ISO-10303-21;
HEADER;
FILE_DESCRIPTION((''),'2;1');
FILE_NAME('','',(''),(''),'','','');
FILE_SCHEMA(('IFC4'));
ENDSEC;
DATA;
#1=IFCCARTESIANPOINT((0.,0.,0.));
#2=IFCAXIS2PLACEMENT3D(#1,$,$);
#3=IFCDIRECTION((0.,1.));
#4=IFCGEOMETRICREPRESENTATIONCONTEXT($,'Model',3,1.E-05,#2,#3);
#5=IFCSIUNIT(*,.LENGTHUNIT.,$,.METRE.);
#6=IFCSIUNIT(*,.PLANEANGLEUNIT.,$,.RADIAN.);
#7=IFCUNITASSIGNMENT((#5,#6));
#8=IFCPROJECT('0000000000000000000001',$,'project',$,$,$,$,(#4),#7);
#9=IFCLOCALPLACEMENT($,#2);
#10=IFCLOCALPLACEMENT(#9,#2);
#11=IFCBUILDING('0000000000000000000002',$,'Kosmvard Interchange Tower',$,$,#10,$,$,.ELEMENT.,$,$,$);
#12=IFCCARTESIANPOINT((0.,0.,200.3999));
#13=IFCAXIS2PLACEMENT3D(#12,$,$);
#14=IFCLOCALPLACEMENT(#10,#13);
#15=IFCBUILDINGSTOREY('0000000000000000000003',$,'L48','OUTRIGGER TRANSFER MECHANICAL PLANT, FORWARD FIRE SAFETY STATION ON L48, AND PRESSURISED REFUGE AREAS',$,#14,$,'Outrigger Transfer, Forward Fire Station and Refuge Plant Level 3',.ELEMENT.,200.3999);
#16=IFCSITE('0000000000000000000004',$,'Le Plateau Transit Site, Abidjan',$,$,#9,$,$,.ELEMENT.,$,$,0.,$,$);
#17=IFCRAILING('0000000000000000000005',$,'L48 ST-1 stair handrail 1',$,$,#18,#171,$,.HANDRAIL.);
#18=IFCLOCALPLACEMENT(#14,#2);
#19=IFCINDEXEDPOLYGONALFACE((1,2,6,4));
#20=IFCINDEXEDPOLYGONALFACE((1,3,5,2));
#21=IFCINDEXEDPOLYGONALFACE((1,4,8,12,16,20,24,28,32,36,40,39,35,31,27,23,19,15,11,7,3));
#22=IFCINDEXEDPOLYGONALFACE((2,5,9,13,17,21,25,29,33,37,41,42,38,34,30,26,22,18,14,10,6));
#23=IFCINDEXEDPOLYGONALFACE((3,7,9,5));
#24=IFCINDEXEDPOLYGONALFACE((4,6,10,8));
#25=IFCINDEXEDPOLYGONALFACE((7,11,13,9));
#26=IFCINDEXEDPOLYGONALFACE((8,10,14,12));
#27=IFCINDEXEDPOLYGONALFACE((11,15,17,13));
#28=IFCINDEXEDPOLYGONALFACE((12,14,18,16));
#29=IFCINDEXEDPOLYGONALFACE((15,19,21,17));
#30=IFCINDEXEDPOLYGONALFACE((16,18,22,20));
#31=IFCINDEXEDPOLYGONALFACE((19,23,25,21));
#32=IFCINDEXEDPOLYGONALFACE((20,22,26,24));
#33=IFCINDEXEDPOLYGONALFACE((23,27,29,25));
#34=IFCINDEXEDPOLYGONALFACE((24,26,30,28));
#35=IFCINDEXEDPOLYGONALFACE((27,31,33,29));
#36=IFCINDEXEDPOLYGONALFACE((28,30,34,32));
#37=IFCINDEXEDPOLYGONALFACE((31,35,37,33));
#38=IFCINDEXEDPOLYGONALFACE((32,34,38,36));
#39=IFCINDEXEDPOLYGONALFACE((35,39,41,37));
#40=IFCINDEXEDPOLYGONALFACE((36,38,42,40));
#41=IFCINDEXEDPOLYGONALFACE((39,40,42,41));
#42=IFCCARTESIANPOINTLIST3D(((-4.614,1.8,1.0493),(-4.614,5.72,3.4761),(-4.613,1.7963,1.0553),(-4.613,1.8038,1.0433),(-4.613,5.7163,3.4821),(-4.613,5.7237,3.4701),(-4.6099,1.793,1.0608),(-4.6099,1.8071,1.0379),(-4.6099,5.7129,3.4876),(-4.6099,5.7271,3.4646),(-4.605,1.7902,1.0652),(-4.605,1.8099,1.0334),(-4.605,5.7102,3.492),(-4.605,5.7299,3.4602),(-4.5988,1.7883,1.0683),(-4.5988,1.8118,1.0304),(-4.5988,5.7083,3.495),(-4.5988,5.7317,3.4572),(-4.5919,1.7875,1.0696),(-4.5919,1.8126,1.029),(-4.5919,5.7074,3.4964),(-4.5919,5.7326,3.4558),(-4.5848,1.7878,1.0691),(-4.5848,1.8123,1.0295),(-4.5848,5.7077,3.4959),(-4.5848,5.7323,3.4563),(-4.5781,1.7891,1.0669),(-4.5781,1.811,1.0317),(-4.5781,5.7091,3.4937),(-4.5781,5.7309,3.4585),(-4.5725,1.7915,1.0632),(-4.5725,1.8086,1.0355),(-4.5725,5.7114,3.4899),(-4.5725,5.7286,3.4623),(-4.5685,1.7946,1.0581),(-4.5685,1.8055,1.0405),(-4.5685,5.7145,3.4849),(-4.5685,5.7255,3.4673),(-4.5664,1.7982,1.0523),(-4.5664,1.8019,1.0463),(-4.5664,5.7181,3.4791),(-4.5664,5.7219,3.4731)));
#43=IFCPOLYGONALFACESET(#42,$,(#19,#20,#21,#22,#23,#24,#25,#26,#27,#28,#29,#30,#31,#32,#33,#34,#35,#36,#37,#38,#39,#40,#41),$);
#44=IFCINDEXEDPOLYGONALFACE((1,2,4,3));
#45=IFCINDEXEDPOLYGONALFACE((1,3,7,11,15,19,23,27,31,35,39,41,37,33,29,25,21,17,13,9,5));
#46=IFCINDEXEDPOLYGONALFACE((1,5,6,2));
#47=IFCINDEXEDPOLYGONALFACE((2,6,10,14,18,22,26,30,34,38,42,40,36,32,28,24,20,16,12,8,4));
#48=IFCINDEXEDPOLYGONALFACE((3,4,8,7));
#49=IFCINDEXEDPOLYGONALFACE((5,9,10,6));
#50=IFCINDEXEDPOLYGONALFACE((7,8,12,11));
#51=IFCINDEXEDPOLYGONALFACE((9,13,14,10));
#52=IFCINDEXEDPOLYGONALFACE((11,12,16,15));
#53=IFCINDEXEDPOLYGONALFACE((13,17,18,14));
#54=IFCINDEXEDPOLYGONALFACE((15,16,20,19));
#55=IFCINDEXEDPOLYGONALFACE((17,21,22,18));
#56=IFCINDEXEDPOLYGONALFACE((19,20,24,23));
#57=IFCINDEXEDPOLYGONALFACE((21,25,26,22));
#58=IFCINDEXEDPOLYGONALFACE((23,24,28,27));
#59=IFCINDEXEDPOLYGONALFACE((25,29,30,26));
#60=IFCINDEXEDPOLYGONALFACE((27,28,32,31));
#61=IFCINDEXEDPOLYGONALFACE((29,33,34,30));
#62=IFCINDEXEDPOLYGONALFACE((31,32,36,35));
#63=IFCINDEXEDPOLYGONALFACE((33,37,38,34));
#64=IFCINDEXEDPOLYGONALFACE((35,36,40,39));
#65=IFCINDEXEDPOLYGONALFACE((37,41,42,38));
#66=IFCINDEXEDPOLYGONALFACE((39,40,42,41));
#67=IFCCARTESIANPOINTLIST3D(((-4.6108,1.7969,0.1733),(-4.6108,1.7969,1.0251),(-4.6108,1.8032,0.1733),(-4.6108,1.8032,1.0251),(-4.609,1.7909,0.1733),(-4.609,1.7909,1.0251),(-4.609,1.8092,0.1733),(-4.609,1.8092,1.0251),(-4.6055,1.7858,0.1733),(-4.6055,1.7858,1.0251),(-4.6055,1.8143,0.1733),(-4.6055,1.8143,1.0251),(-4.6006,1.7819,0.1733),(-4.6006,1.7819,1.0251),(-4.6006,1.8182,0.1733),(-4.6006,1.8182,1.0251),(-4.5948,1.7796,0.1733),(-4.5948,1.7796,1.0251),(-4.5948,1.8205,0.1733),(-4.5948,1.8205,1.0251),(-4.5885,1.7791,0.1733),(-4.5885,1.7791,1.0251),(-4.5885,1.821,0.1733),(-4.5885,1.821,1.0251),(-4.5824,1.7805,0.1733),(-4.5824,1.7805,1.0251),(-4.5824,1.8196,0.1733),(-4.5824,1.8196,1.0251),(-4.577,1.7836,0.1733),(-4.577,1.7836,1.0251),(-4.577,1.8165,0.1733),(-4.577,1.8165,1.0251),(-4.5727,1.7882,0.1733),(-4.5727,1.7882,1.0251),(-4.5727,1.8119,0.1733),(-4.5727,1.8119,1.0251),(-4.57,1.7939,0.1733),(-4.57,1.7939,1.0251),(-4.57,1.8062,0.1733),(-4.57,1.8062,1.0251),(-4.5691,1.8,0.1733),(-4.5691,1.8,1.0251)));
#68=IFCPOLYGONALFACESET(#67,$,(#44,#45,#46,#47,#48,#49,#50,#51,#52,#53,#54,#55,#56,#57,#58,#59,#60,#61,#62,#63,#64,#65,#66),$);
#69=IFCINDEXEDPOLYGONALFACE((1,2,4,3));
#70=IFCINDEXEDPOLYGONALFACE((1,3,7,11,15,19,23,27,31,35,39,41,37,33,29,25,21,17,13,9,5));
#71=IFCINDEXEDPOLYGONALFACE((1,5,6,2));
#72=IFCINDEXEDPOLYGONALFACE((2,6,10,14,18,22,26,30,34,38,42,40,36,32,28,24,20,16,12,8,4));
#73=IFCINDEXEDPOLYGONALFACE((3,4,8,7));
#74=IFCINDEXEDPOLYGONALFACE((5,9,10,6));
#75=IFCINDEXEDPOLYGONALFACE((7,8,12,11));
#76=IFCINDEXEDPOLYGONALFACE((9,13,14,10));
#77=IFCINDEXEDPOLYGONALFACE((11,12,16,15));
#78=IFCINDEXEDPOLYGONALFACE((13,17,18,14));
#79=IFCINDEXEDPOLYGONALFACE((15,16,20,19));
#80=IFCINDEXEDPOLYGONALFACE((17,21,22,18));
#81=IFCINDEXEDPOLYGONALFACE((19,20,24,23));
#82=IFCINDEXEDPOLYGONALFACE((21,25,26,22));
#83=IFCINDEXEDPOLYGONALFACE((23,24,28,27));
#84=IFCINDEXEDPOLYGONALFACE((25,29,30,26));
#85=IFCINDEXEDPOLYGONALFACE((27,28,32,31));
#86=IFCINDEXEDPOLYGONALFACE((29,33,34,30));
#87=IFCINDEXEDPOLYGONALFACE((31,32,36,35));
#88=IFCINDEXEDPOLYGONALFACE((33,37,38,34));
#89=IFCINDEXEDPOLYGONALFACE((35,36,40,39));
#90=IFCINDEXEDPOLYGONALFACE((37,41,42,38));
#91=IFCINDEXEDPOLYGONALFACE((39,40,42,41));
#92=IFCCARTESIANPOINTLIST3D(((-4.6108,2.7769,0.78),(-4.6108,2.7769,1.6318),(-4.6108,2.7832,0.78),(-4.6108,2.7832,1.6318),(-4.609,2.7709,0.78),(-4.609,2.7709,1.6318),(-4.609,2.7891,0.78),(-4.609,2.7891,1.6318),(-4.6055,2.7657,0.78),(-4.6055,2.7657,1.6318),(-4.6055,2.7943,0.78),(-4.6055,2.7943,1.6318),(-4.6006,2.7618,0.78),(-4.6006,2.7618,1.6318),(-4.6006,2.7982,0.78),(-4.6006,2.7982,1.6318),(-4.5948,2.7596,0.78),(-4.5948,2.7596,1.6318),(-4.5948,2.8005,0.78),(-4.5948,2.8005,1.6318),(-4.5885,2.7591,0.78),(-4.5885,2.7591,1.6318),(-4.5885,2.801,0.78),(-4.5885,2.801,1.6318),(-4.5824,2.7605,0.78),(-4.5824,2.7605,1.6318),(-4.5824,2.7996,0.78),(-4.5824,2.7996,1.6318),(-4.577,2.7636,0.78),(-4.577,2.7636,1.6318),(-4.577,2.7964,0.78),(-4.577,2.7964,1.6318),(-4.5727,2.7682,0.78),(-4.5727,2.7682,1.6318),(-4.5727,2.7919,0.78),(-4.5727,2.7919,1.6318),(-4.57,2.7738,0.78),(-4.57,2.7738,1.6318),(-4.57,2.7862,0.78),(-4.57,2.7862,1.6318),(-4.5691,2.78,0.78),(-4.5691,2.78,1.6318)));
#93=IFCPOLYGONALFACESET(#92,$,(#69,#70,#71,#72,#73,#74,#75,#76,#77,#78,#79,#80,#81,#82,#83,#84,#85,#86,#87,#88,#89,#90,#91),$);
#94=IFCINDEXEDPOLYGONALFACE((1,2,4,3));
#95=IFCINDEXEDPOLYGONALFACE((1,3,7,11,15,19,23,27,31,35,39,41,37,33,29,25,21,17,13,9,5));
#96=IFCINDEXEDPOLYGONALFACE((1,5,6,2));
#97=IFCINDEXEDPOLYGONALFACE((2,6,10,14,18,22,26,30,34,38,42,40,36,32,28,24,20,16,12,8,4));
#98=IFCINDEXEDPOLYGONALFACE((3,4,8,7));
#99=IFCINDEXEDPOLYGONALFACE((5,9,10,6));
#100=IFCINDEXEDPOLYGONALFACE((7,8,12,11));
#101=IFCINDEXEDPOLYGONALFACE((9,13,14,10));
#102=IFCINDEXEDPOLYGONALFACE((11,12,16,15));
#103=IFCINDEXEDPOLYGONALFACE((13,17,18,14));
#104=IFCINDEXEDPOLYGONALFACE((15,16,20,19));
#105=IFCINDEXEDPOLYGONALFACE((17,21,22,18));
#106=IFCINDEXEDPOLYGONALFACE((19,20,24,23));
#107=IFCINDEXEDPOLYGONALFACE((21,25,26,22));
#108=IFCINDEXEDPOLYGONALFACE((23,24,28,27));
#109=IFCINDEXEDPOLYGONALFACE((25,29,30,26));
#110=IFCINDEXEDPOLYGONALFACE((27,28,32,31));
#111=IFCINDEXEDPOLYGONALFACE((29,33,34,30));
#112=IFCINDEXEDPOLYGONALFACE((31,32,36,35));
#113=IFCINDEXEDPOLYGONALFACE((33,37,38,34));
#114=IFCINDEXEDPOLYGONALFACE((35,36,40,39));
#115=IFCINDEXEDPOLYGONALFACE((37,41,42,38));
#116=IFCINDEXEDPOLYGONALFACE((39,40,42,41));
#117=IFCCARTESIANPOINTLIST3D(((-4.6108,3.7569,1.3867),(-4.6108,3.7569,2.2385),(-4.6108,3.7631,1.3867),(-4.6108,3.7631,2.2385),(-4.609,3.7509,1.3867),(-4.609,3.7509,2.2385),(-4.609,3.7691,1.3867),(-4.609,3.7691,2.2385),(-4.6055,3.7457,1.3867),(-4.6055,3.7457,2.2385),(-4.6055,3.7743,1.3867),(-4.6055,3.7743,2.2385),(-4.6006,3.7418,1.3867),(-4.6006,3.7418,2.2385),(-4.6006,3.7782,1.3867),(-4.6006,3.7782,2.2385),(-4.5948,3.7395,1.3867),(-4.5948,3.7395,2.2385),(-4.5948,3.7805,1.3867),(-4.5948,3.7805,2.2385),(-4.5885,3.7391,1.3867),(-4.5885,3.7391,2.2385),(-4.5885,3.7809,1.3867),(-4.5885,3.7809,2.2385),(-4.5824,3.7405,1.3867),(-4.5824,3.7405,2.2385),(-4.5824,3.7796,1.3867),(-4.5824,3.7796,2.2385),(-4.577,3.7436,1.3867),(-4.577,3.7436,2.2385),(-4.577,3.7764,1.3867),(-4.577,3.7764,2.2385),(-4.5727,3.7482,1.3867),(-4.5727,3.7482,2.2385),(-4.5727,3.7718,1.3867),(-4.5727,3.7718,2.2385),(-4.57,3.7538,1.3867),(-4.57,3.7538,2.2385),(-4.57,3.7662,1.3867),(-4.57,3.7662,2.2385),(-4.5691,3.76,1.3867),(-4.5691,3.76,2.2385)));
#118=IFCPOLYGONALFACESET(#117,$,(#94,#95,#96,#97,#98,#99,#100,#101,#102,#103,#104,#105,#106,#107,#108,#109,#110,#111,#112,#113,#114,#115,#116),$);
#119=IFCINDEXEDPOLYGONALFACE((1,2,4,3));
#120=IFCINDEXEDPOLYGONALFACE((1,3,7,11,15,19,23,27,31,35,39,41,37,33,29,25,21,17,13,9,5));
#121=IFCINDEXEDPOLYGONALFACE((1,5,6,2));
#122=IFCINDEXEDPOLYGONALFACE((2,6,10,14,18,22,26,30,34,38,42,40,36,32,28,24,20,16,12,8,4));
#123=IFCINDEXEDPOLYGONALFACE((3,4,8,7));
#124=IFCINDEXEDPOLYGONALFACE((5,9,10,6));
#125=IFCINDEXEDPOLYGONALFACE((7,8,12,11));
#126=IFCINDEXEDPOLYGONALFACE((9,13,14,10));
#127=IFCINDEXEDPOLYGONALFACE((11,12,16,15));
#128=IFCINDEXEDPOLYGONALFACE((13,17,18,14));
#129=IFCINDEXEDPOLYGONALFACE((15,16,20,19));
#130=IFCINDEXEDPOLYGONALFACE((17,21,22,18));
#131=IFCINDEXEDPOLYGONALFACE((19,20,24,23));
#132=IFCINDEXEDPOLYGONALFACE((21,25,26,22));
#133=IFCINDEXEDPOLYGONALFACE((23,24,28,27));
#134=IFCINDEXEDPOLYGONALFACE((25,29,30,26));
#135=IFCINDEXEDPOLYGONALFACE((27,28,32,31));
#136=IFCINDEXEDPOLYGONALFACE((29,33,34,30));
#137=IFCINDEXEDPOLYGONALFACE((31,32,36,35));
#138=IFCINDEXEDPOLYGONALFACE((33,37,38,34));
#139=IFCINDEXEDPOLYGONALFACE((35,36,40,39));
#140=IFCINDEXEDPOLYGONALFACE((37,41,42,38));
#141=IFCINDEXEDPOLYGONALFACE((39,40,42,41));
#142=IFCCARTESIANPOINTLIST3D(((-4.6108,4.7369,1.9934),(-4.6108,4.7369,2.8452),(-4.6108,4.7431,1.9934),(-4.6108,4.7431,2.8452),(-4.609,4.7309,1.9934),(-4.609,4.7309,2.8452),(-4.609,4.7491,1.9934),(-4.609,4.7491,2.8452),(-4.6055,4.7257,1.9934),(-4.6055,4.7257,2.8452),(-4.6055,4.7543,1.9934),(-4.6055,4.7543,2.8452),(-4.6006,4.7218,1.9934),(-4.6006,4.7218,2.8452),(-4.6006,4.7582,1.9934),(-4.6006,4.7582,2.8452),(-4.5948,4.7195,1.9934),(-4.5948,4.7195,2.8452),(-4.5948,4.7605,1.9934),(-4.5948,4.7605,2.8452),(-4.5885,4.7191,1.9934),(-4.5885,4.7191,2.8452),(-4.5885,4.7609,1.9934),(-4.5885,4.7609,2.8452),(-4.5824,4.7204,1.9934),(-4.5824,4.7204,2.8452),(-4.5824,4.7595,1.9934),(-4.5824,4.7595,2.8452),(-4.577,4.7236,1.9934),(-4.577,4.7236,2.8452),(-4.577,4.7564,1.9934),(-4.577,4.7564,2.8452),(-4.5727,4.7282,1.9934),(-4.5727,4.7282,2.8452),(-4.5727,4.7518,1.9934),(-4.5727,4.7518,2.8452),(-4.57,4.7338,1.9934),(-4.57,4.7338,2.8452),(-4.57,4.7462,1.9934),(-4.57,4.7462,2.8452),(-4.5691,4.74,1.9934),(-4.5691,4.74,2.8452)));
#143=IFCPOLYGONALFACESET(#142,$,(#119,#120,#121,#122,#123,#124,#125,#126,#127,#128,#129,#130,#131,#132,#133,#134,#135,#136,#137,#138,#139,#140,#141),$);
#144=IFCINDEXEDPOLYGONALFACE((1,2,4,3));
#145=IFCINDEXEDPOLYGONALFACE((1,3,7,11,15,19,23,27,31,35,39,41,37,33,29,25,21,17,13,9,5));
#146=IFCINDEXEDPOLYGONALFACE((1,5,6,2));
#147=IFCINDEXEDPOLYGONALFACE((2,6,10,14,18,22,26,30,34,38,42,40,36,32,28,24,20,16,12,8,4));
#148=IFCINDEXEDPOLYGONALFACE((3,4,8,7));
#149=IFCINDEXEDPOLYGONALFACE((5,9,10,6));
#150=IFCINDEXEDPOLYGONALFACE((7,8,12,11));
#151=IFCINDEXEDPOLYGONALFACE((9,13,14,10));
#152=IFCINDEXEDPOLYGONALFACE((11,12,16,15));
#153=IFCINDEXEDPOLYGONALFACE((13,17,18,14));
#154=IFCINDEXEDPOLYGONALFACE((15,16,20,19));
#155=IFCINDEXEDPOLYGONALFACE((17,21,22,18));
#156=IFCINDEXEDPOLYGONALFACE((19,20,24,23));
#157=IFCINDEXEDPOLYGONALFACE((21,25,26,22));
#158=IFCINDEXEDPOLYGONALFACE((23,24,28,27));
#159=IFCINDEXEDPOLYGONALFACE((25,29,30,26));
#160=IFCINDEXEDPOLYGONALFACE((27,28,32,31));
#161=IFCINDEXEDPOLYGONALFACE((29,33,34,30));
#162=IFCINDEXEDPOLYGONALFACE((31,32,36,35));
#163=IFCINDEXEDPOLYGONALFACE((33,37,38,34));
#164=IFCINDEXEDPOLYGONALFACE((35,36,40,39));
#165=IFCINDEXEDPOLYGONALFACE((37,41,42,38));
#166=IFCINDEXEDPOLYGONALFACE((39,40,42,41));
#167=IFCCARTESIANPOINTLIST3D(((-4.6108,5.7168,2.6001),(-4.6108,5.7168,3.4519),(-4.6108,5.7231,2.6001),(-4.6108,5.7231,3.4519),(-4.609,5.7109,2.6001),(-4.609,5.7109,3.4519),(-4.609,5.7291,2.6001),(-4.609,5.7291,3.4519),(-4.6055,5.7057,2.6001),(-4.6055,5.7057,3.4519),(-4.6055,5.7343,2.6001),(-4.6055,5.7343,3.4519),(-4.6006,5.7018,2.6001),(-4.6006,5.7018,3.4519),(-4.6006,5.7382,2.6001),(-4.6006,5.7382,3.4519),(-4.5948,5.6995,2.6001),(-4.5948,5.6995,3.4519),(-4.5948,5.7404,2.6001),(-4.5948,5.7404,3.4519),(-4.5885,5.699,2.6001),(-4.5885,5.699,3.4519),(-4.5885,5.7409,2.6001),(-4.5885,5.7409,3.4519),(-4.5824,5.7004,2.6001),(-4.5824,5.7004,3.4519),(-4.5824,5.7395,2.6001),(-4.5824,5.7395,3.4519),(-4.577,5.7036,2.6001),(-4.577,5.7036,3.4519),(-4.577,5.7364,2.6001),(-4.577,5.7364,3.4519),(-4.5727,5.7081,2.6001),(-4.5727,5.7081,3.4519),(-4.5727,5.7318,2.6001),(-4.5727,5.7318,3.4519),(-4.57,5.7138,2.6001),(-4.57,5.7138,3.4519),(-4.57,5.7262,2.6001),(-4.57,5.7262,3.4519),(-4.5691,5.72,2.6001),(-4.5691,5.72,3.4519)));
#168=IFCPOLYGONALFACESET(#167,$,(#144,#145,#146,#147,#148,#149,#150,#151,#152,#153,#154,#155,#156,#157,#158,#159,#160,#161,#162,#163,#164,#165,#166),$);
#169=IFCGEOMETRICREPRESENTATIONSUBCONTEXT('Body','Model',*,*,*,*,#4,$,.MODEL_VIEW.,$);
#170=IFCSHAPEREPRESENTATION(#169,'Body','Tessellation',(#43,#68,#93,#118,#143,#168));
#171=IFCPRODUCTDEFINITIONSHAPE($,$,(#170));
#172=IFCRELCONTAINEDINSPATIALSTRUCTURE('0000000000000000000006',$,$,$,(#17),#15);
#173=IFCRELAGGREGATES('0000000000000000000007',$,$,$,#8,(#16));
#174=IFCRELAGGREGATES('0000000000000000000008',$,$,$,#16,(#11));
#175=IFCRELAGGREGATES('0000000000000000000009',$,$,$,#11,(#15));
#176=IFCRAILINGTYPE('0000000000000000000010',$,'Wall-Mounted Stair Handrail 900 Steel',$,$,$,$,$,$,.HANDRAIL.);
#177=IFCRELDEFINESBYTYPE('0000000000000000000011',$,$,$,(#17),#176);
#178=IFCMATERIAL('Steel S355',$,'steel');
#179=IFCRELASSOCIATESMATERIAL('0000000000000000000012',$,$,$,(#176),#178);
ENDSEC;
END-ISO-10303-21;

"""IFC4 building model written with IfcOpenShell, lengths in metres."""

from ifc_helpers import new_model, si_unit, direction, frame, origin, origin_2d, place, context, subcontext, project, spatial, circle, extrude, source, transform, mapped, material, type_object, element, save


model = new_model("IFC4")

# Units and contexts
model_context = context("Model", 3, precision=1e-05, world=origin(), true_north=direction((0.0, 1.0)))
body_context = subcontext(model_context, "Body", "Model", "MODEL_VIEW")
ifc_project = project(units=[si_unit("LENGTHUNIT", "METRE"), si_unit("PLANEANGLEUNIT", "RADIAN")], contexts=[model_context])

# Site, building, storey
site_placement = place(None, origin())
site = spatial("IfcSite", under=ifc_project, at=site_placement, Name="Le Plateau Transit Site, Abidjan", CompositionType="ELEMENT", RefElevation=0.0)
building_placement = place(site_placement, origin())
building = spatial("IfcBuilding", under=site, at=building_placement, Name="Kosmvard Interchange Tower", CompositionType="ELEMENT")
storey_placement = place(building_placement, frame((0.0, 0.0, 200.3999)))
storey = spatial("IfcBuildingStorey", under=building, at=storey_placement, Name="L48", Description="OUTRIGGER TRANSFER MECHANICAL PLANT, FORWARD FIRE SAFETY STATION ON L48, AND PRESSURISED REFUGE AREAS", LongName="Outrigger Transfer, Forward Fire Station and Refuge Plant Level 3", CompositionType="ELEMENT", Elevation=200.3999)

# Railing
ifc_material_1 = material(Name="Steel S355", Category="steel")
railing_type_1 = type_object("IfcRailingType", Name="Wall-Mounted Stair Handrail 900 Steel", PredefinedType="HANDRAIL", material=ifc_material_1)
shared_shape_1 = source(origin(), body_context, "Body", "SweptSolid", [
    extrude(circle(Radius=0.0239, at=origin_2d()), frame((0.0, 0.0, 0.876), z_axis=(0.0, 0.850252, 0.526376), x_axis=(-1.0, 0.0, 0.0)), (0.0, 0.0, 1.0), 4.6104),
    extrude(circle(Radius=0.021, at=origin_2d()), origin(), (0.0, 0.0, 1.0), 0.8518),
    extrude(circle(Radius=0.021, at=origin_2d()), frame((0.0, 0.98, 0.6067)), (0.0, 0.0, 1.0), 0.8518),
    extrude(circle(Radius=0.021, at=origin_2d()), frame((0.0, 1.96, 1.2134)), (0.0, 0.0, 1.0), 0.8518),
    extrude(circle(Radius=0.021, at=origin_2d()), frame((0.0, 2.9399, 1.8201)), (0.0, 0.0, 1.0), 0.8518),
    extrude(circle(Radius=0.021, at=origin_2d()), frame((0.0, 3.9199, 2.4268)), (0.0, 0.0, 1.0), 0.8518),
])
railing_1_placement = place(storey_placement, frame((-4.5901, 1.8, 0.1733)))
element("IfcRailing", 1, at=railing_1_placement, inside=storey, type_object=railing_type_1, Name="L48 ST-1 stair handrail 1", PredefinedType="HANDRAIL", context=body_context, shape_type="MappedRepresentation", body=[
    mapped(shared_shape_1, transform((0.0, 0.0, 0.0), scale=1.0)),
])

save(model, "model.ifc")
